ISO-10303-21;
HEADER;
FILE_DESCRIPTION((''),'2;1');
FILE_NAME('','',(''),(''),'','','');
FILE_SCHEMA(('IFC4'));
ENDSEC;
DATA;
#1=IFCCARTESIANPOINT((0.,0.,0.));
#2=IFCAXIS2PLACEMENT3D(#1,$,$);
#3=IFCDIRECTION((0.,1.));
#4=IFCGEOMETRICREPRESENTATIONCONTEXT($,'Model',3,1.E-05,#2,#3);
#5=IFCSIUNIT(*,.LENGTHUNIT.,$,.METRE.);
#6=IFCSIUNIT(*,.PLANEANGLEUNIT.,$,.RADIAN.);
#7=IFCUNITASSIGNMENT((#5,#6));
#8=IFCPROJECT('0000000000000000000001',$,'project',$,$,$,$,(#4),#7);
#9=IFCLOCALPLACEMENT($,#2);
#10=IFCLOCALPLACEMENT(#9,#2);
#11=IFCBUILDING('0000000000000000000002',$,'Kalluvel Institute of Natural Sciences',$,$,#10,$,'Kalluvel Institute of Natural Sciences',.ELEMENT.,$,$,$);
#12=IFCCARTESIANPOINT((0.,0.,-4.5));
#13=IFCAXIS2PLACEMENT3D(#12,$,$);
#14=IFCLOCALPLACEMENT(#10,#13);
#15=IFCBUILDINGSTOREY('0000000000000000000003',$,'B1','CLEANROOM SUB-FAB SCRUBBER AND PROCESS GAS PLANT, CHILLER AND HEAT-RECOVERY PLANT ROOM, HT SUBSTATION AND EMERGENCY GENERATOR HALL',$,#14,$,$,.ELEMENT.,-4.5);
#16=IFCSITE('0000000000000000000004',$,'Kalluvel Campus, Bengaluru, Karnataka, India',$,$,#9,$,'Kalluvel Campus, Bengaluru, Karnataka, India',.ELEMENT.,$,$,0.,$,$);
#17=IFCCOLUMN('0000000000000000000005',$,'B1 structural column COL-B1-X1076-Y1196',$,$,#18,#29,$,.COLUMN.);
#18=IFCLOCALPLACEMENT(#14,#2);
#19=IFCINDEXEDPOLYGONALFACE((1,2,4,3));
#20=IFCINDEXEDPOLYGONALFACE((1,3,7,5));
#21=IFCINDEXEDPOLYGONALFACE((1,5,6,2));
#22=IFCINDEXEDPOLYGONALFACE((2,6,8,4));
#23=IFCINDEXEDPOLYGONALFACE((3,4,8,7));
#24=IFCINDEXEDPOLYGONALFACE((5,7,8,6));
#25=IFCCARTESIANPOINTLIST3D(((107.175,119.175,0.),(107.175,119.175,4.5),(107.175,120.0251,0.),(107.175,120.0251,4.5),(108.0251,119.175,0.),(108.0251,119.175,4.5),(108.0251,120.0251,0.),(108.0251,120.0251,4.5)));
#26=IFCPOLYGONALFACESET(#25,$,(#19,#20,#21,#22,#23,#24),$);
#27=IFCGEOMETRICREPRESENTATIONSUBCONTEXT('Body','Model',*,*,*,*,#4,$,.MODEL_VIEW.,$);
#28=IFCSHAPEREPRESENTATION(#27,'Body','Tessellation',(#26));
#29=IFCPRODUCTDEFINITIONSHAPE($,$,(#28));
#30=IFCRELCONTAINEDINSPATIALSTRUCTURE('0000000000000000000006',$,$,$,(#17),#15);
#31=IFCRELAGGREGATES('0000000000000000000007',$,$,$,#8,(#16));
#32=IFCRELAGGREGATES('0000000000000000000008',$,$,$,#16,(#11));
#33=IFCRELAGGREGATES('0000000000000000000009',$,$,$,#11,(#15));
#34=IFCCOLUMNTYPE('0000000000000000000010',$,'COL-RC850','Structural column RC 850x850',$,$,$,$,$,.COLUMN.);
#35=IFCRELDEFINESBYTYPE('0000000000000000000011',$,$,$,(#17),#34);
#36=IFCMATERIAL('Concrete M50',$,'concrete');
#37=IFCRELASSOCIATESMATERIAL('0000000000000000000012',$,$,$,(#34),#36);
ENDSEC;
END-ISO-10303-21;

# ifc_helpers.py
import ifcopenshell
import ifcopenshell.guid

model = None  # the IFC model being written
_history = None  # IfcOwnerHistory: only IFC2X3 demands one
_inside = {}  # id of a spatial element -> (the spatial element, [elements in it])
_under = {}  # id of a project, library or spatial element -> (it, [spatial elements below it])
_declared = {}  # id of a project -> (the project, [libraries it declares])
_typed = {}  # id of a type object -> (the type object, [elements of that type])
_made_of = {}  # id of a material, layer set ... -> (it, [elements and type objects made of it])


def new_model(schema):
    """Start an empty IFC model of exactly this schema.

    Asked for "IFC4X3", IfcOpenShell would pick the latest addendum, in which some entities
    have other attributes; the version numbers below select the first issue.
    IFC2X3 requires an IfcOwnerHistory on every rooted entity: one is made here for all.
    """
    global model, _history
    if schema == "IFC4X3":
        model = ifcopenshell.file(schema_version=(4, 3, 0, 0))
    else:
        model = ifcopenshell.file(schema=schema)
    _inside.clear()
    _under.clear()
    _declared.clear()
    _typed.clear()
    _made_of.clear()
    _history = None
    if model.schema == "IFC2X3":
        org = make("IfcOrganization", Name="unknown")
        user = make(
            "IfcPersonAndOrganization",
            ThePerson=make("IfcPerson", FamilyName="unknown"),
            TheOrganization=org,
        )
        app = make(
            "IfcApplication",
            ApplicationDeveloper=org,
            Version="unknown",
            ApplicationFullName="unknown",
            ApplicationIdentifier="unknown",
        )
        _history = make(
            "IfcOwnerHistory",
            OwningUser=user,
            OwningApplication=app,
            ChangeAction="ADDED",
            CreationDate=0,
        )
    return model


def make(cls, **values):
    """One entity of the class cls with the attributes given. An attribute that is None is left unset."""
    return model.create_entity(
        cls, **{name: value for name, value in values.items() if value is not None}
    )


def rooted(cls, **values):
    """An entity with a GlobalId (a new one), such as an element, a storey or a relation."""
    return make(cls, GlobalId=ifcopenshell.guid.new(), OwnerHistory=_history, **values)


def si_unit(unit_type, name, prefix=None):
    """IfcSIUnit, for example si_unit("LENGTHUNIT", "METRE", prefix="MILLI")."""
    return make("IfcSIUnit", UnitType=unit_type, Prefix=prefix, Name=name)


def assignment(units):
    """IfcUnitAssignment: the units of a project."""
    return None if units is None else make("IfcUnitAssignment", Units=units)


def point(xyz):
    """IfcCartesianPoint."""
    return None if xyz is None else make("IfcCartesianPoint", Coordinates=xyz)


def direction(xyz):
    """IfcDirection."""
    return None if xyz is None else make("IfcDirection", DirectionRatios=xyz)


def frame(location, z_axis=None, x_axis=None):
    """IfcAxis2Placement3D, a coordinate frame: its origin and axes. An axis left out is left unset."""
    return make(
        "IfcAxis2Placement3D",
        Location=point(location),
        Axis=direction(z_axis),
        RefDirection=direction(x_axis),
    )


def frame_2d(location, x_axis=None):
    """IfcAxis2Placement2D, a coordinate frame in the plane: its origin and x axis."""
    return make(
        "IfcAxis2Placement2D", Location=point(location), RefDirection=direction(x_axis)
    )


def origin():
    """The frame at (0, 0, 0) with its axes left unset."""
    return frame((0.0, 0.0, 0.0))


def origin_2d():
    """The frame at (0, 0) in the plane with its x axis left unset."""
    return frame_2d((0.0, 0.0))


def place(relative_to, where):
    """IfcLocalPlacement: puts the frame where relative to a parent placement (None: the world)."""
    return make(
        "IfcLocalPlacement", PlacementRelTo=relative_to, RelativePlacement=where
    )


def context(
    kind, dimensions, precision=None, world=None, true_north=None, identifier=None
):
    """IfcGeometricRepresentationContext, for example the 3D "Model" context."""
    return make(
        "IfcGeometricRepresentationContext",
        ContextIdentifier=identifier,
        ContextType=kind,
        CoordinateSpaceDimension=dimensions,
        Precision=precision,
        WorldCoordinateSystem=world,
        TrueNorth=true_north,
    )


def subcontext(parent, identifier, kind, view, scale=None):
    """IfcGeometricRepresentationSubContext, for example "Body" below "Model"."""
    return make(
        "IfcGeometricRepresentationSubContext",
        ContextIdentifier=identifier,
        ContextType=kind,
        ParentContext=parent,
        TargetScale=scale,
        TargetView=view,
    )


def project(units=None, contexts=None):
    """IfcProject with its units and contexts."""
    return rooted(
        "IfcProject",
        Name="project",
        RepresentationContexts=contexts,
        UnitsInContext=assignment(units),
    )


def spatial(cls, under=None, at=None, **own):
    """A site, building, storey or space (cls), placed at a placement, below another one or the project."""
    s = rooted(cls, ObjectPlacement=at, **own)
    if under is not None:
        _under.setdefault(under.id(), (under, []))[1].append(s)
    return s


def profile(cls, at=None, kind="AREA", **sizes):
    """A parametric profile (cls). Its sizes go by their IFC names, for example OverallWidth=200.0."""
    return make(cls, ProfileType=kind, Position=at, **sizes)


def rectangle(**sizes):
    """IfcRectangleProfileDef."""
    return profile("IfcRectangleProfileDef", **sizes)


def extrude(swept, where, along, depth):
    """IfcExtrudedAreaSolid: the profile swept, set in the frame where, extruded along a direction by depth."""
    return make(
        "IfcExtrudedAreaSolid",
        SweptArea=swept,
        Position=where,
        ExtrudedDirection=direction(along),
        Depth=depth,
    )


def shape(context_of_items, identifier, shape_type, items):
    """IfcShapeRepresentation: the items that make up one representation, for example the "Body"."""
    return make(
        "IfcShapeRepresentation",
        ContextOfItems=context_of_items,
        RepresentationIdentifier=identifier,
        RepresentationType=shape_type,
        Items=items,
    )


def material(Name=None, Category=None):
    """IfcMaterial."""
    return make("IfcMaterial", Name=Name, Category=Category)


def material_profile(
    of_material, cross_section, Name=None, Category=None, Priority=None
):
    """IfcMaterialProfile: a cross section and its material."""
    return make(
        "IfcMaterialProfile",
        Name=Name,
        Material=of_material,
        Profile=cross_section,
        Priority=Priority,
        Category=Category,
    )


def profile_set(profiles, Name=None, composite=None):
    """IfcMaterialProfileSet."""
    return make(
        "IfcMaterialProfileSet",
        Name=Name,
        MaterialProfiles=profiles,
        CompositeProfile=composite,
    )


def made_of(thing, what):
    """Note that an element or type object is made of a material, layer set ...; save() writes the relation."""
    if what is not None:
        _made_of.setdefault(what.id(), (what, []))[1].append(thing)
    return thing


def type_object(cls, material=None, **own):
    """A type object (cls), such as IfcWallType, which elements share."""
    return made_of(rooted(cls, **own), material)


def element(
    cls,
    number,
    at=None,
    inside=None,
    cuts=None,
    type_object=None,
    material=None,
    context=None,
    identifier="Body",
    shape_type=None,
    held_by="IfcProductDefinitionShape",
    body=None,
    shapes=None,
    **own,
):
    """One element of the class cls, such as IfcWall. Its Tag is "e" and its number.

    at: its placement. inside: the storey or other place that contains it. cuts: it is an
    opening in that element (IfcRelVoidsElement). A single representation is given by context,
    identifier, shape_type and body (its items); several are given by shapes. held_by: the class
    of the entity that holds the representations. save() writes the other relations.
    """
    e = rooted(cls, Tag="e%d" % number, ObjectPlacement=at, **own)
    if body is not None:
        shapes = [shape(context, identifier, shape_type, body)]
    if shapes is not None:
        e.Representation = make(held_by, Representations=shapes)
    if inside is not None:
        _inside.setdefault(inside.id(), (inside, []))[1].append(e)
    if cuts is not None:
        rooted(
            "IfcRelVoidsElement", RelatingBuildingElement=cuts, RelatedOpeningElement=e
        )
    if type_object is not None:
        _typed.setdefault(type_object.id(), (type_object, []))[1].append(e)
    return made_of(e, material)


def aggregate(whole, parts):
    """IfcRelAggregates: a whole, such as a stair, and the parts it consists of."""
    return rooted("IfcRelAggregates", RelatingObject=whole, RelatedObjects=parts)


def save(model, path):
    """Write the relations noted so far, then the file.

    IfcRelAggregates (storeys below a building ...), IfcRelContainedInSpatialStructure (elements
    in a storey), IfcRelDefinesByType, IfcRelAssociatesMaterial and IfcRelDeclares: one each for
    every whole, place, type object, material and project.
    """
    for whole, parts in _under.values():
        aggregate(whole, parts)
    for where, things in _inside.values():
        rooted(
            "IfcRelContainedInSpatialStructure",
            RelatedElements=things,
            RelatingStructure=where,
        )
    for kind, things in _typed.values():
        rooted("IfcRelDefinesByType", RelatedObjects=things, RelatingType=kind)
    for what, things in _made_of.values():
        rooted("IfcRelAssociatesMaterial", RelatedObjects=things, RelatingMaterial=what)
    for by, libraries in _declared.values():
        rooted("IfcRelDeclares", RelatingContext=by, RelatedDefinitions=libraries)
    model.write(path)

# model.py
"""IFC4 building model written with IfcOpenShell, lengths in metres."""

from ifc_helpers import new_model, si_unit, direction, frame, origin, origin_2d, place, context, subcontext, project, spatial, rectangle, extrude, material, material_profile, profile_set, type_object, element, save


model = new_model("IFC4")

# Units and contexts
model_context = context("Model", 3, precision=1e-05, world=origin(), true_north=direction((0.0, 1.0)))
body_context = subcontext(model_context, "Body", "Model", "MODEL_VIEW")
ifc_project = project(units=[si_unit("LENGTHUNIT", "METRE"), si_unit("PLANEANGLEUNIT", "RADIAN")], contexts=[model_context])

# Site, building, storey
site_placement = place(None, origin())
site = spatial("IfcSite", under=ifc_project, at=site_placement, Name="Kalluvel Campus, Bengaluru, Karnataka, India", LongName="Kalluvel Campus, Bengaluru, Karnataka, India", CompositionType="ELEMENT", RefElevation=0.0)
building_placement = place(site_placement, origin())
building = spatial("IfcBuilding", under=site, at=building_placement, Name="Kalluvel Institute of Natural Sciences", LongName="Kalluvel Institute of Natural Sciences", CompositionType="ELEMENT")
storey_placement = place(building_placement, frame((0.0, 0.0, -4.5)))
storey = spatial("IfcBuildingStorey", under=building, at=storey_placement, Name="B1", Description="CLEANROOM SUB-FAB SCRUBBER AND PROCESS GAS PLANT, CHILLER AND HEAT-RECOVERY PLANT ROOM, HT SUBSTATION AND EMERGENCY GENERATOR HALL", CompositionType="ELEMENT", Elevation=-4.5)

# Column
ifc_material_1 = material(Name="Concrete M50", Category="concrete")
ifc_material_profile_1 = material_profile(ifc_material_1, rectangle(XDim=0.8501, YDim=0.8501, at=origin_2d()), Name="RC 850x850")
ifc_profile_set_1 = profile_set([ifc_material_profile_1], Name="Concrete M50")
column_type_1 = type_object("IfcColumnType", Name="COL-RC850", Description="Structural column RC 850x850", PredefinedType="COLUMN", material=ifc_profile_set_1)
column_1_placement = place(storey_placement, frame((107.6001, 119.6001, 0.0), z_axis=(0.0, 0.0, 1.0), x_axis=(1.0, 0.0, 0.0)))
element("IfcColumn", 1, at=column_1_placement, inside=storey, type_object=column_type_1, Name="B1 structural column COL-B1-X1076-Y1196", PredefinedType="COLUMN", context=body_context, shape_type="SweptSolid", body=[
    extrude(rectangle(XDim=0.8501, YDim=0.8501, at=origin_2d()), origin(), (0.0, 0.0, 1.0), 4.5),
])

save(model, "model.ifc")
